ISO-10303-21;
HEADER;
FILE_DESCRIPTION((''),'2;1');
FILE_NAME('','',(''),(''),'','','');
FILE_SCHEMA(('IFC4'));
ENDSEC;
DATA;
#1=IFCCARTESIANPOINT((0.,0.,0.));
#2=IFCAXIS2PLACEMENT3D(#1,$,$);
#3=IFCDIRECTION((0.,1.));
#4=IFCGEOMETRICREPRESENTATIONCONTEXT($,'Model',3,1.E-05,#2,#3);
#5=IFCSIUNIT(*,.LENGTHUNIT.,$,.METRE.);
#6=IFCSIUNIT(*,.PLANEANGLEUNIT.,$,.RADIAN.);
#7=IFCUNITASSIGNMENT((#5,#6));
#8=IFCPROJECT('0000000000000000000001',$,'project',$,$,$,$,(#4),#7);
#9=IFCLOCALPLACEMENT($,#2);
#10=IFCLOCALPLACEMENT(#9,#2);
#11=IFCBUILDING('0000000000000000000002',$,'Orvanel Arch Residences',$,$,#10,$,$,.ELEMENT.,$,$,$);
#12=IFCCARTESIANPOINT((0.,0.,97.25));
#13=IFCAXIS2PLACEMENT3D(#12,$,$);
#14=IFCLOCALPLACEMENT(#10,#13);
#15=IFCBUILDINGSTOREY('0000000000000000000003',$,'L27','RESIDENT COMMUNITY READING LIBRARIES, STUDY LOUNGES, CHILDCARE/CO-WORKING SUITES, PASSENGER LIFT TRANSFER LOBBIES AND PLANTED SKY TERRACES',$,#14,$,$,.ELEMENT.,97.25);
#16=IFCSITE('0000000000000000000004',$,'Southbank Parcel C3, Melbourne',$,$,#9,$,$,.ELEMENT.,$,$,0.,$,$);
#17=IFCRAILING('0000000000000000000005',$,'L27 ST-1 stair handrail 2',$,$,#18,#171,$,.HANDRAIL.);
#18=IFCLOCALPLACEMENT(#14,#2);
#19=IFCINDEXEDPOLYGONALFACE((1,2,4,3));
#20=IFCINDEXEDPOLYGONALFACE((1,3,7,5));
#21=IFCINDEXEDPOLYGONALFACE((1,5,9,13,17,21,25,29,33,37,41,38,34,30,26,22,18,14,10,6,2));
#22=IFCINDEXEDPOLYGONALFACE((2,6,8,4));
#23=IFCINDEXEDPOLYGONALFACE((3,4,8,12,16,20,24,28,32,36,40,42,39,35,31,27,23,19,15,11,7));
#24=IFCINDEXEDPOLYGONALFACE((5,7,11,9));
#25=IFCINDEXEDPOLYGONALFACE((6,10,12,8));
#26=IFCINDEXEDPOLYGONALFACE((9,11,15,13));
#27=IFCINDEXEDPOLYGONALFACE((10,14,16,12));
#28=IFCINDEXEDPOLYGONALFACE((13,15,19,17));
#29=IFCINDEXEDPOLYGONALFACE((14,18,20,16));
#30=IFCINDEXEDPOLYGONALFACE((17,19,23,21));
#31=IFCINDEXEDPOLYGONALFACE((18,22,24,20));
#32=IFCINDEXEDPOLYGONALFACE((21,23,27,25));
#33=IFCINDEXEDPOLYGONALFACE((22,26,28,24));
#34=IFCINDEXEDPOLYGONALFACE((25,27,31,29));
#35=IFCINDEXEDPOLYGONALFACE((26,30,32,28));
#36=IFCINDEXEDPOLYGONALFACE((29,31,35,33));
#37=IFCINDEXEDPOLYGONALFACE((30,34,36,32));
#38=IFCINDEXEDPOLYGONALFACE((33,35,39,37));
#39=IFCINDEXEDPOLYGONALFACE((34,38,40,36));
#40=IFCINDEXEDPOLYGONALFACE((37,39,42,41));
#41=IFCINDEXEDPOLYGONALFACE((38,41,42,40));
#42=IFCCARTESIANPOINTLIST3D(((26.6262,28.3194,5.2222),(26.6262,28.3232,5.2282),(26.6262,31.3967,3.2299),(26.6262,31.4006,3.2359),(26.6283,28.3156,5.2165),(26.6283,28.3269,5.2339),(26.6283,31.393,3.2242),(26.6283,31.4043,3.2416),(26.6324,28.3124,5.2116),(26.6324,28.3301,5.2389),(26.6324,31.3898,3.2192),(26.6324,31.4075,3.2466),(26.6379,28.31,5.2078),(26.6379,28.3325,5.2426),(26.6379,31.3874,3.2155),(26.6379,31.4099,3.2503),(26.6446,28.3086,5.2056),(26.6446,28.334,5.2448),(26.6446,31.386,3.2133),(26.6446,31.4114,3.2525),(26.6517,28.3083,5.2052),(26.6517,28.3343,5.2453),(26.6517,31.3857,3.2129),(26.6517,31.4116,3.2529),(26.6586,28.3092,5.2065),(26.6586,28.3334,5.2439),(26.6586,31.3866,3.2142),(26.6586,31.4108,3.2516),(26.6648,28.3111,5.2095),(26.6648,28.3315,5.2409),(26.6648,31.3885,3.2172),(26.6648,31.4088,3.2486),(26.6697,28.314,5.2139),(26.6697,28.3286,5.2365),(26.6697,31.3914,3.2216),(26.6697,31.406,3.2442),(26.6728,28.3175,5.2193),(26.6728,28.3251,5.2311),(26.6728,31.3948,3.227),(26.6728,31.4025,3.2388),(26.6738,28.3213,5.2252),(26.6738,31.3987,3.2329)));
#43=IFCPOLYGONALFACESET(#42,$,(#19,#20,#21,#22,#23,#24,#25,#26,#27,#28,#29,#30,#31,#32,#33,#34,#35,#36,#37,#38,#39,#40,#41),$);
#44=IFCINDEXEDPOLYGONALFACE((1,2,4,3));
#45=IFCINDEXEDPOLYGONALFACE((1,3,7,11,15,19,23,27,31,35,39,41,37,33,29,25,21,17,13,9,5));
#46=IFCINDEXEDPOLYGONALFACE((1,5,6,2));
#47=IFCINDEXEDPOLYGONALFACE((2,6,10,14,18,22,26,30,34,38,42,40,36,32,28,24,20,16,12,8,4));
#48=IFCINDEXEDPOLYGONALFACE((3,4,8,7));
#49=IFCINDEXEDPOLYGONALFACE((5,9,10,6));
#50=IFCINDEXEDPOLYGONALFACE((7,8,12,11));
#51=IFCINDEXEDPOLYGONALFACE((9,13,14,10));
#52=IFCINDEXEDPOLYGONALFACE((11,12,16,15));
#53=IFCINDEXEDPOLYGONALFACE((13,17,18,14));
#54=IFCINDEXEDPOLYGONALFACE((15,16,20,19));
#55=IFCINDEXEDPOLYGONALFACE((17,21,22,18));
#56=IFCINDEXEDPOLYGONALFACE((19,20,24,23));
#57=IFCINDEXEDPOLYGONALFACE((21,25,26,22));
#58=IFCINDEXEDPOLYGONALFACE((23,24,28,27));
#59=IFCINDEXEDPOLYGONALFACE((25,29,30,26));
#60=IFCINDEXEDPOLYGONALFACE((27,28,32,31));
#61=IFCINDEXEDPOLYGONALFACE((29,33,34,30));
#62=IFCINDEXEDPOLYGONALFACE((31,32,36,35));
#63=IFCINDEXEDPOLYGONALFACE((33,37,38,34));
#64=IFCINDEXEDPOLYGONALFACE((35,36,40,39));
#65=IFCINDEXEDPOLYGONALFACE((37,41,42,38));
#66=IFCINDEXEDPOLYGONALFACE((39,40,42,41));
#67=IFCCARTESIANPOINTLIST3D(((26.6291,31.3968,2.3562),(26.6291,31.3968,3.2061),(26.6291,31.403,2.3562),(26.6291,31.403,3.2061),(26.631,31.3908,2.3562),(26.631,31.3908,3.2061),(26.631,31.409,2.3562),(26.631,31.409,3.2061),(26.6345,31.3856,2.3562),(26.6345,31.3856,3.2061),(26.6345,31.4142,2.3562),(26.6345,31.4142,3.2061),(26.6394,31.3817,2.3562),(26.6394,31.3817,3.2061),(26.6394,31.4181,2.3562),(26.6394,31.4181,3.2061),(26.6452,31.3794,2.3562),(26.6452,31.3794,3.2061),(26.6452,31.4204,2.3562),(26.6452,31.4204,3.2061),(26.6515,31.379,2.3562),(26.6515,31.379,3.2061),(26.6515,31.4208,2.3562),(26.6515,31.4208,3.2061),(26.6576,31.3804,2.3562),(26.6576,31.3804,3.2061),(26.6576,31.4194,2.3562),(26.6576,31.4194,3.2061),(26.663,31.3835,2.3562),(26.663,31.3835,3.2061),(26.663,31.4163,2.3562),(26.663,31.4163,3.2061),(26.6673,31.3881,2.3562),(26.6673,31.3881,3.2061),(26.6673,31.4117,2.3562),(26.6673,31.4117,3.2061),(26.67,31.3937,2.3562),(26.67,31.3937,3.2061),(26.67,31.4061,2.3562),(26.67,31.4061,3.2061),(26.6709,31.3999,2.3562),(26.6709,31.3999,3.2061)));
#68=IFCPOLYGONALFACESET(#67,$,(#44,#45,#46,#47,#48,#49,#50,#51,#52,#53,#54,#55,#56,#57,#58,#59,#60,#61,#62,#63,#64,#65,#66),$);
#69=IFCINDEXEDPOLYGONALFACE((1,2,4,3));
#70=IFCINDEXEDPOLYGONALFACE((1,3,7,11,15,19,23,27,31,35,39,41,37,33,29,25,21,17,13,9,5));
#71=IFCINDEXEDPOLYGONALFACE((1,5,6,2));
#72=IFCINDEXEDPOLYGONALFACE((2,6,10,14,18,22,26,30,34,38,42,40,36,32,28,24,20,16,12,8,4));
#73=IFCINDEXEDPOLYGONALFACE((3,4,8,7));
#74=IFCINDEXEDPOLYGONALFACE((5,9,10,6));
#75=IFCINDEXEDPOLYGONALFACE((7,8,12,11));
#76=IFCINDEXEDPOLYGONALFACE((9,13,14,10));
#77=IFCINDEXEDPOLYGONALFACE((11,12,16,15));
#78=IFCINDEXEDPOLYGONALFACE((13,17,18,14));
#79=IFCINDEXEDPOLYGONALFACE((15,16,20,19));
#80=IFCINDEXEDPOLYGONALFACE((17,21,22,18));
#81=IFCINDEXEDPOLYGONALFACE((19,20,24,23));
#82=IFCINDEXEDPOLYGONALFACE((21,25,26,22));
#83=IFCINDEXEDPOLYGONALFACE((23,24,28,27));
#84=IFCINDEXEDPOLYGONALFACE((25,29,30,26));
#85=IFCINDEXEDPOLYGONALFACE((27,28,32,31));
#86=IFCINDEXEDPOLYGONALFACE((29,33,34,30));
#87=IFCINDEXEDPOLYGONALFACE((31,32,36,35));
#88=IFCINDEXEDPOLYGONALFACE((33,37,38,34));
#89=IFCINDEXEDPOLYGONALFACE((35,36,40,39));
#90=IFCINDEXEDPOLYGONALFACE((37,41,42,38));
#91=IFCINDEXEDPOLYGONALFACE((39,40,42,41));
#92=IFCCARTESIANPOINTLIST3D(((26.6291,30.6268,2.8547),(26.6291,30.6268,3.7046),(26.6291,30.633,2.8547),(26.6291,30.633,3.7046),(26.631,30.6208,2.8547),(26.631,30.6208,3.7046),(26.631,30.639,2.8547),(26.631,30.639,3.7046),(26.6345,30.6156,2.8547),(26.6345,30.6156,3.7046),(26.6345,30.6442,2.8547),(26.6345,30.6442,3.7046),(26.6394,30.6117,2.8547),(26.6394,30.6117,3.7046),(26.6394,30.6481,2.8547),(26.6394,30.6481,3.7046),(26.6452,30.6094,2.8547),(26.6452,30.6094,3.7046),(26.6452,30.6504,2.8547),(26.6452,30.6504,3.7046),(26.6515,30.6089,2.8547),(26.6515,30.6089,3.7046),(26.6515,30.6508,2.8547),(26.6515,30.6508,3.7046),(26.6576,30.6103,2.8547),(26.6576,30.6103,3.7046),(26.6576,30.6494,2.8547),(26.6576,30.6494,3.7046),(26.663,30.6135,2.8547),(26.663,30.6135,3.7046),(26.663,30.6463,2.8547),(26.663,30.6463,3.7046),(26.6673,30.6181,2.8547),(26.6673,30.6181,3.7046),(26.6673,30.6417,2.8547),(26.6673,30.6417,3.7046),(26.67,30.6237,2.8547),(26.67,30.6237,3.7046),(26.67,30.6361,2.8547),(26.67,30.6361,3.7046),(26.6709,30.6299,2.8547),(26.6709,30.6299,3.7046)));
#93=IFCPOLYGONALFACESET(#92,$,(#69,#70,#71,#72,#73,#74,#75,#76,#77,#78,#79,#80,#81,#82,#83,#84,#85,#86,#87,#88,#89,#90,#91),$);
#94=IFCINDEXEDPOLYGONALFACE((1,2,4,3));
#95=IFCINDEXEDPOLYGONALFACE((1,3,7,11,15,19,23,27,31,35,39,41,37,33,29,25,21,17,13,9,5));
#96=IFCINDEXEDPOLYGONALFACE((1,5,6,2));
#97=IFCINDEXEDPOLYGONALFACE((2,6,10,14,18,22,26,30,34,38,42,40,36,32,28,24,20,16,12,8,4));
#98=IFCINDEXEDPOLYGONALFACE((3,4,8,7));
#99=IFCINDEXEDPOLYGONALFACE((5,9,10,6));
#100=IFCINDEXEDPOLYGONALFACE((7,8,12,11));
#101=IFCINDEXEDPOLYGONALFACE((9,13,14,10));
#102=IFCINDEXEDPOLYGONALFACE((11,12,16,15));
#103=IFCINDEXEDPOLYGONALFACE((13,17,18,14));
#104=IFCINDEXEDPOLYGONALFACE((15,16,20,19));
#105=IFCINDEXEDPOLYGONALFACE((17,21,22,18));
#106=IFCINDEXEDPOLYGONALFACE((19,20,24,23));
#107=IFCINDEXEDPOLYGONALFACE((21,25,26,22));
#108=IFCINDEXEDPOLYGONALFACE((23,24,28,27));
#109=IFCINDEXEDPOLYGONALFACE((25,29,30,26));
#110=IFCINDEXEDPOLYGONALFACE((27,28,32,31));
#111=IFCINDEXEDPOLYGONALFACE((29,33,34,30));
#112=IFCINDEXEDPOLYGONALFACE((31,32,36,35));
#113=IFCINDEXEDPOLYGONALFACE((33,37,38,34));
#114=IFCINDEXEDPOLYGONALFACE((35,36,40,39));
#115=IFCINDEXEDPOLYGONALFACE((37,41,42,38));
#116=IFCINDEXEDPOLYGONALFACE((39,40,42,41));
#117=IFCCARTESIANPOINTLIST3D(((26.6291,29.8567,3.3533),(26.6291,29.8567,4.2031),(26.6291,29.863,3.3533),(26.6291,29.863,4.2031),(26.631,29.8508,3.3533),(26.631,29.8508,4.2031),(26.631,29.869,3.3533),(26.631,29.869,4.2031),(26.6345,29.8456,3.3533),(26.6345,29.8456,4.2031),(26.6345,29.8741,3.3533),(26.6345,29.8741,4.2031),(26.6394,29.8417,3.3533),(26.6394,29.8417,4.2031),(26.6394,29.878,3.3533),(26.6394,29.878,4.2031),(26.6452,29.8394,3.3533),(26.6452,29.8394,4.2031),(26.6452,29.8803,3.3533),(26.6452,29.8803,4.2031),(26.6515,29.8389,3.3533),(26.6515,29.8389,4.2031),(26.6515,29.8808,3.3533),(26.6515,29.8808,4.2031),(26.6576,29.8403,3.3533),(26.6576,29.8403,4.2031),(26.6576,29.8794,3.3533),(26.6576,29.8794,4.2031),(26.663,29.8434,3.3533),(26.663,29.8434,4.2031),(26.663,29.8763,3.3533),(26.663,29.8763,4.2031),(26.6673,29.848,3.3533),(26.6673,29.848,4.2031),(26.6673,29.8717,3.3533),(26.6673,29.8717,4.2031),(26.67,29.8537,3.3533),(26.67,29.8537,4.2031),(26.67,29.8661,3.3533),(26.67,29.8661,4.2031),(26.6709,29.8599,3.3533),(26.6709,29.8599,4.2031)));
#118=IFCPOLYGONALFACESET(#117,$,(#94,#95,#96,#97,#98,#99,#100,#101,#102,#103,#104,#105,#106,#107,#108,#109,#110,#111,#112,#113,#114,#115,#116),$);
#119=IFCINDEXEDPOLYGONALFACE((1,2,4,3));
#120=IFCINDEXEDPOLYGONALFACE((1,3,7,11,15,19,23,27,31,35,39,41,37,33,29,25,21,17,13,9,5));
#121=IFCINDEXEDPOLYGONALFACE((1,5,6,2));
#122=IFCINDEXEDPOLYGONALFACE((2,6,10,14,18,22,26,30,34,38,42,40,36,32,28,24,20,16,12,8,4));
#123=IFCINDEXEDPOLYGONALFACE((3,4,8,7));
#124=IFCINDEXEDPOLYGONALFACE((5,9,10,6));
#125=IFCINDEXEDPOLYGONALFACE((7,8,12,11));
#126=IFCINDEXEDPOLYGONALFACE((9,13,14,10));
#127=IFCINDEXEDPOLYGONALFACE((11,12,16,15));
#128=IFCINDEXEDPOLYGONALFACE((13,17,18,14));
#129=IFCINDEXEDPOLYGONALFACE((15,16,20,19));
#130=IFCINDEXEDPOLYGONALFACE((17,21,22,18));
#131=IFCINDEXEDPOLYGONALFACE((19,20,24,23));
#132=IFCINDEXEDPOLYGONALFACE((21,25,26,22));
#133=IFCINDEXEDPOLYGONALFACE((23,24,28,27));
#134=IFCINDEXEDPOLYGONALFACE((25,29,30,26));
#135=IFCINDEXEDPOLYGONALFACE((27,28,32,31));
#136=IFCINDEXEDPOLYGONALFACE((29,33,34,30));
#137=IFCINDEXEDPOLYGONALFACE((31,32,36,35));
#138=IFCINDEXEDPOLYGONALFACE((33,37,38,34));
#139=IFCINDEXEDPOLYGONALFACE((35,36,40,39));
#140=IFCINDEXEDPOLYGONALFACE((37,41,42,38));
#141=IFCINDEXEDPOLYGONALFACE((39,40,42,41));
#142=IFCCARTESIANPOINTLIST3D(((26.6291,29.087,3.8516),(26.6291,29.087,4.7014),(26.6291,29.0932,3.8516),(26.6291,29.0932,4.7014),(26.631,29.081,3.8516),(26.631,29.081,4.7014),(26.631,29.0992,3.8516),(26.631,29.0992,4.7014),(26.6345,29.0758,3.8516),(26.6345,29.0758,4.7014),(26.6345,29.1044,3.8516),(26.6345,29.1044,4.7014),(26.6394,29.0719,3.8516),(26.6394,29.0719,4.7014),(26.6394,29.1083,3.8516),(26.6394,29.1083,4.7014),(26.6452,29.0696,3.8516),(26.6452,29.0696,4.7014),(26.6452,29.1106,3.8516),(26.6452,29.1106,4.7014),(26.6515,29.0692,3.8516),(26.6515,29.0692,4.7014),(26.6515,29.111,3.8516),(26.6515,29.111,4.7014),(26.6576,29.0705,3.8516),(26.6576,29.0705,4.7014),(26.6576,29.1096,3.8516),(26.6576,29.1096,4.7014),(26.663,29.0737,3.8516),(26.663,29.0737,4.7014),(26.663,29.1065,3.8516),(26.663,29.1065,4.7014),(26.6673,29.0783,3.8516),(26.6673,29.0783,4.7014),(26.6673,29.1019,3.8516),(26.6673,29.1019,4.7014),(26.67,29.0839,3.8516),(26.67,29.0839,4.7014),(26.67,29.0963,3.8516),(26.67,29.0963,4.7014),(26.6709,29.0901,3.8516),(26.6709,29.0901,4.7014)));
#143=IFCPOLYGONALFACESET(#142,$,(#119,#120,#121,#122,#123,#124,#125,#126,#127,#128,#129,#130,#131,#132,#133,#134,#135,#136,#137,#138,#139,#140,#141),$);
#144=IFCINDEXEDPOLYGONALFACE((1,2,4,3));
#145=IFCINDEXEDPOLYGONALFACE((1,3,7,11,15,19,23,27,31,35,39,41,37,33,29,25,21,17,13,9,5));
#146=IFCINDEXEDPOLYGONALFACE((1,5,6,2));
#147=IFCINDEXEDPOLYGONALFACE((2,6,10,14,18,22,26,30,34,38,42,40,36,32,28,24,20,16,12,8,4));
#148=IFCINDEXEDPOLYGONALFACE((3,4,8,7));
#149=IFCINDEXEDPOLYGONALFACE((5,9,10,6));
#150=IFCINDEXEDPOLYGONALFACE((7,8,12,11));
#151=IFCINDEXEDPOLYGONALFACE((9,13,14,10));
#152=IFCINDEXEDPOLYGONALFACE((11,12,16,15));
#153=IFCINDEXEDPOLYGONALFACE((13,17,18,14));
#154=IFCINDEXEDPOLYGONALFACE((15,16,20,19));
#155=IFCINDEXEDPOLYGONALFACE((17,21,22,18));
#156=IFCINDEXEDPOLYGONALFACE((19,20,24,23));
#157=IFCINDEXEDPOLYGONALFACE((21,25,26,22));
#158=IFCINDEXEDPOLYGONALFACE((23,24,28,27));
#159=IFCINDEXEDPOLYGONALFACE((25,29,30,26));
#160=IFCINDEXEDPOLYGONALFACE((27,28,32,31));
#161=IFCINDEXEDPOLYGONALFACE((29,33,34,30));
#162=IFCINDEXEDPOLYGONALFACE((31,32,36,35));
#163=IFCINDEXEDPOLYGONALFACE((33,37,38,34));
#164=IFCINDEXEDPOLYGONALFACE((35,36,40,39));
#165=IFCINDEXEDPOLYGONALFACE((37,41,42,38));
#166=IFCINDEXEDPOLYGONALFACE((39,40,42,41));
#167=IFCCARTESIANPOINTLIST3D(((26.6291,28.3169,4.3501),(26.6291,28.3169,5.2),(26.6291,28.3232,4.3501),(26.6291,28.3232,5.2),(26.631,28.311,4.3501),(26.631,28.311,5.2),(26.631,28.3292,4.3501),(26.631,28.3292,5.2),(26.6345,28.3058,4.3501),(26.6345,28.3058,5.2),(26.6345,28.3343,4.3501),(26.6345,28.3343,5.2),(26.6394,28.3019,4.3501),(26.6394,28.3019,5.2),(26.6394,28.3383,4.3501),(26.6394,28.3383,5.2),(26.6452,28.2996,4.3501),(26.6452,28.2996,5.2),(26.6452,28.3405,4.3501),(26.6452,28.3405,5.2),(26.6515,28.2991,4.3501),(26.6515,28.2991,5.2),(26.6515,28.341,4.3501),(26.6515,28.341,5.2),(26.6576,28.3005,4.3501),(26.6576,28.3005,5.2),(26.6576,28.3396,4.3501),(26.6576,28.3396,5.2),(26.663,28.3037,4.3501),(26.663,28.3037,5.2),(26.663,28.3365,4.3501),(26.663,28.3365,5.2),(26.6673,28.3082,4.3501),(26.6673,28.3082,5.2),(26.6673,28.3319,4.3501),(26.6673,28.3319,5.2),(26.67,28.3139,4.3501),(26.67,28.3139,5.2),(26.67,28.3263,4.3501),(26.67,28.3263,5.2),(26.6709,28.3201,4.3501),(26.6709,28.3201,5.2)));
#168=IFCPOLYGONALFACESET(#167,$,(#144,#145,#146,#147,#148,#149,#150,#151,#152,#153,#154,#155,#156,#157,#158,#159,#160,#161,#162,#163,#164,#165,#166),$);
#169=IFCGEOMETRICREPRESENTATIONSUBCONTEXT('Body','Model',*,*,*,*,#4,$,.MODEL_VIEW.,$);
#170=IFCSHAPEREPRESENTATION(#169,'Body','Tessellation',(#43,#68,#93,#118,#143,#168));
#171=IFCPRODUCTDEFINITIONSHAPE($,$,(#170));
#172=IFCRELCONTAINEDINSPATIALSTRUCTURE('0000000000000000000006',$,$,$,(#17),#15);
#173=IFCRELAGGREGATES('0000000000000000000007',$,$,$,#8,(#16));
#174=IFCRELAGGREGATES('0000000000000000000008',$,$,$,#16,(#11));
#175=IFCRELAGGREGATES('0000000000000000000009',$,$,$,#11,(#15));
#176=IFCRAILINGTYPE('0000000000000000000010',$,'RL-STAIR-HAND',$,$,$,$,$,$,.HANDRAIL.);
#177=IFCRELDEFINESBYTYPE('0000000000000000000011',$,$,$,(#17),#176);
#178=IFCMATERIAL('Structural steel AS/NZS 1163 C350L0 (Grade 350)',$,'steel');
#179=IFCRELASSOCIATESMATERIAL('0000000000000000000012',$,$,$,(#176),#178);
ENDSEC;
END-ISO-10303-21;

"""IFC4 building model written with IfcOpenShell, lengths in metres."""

from ifc_helpers import new_model, si_unit, direction, frame, origin, origin_2d, place, context, subcontext, project, spatial, circle, extrude, material, type_object, element, save


model = new_model("IFC4")

# Units and contexts
model_context = context("Model", 3, precision=1e-05, world=origin(), true_north=direction((0.0, 1.0)))
body_context = subcontext(model_context, "Body", "Model", "MODEL_VIEW")
ifc_project = project(units=[si_unit("LENGTHUNIT", "METRE"), si_unit("PLANEANGLEUNIT", "RADIAN")], contexts=[model_context])

# Site, building, storey
site_placement = place(None, origin())
site = spatial("IfcSite", under=ifc_project, at=site_placement, Name="Southbank Parcel C3, Melbourne", CompositionType="ELEMENT", RefElevation=0.0)
building_placement = place(site_placement, origin())
building = spatial("IfcBuilding", under=site, at=building_placement, Name="Orvanel Arch Residences", CompositionType="ELEMENT")
storey_placement = place(building_placement, frame((0.0, 0.0, 97.25)))
storey = spatial("IfcBuildingStorey", under=building, at=storey_placement, Name="L27", Description="RESIDENT COMMUNITY READING LIBRARIES, STUDY LOUNGES, CHILDCARE/CO-WORKING SUITES, PASSENGER LIFT TRANSFER LOBBIES AND PLANTED SKY TERRACES", CompositionType="ELEMENT", Elevation=97.25)

# Railing
ifc_material_1 = material(Name="Structural steel AS/NZS 1163 C350L0 (Grade 350)", Category="steel")
railing_type_1 = type_object("IfcRailingType", Name="RL-STAIR-HAND", PredefinedType="HANDRAIL", material=ifc_material_1)
railing_1_placement = place(storey_placement, frame((26.6499, 31.3999, 2.3562)))
element("IfcRailing", 1, at=railing_1_placement, inside=storey, type_object=railing_type_1, Name="L27 ST-1 stair handrail 2", PredefinedType="HANDRAIL", context=body_context, shape_type="SweptSolid", body=[
    extrude(circle(Radius=0.0239, at=origin_2d()), frame((0.0, -0.0012, 0.8767), z_axis=(0.0, -0.839438, 0.543455), x_axis=(1.0, 0.0, 0.0)), (0.0, 0.0, 1.0), 3.666),
    extrude(circle(Radius=0.021, at=origin_2d()), origin(), (0.0, 0.0, 1.0), 0.8499),
    extrude(circle(Radius=0.021, at=origin_2d()), frame((0.0, -0.77, 0.4985)), (0.0, 0.0, 1.0), 0.8499),
    extrude(circle(Radius=0.021, at=origin_2d()), frame((0.0, -1.54, 0.9971)), (0.0, 0.0, 1.0), 0.8499),
    extrude(circle(Radius=0.021, at=origin_2d()), frame((0.0, -2.3098, 1.4954)), (0.0, 0.0, 1.0), 0.8499),
    extrude(circle(Radius=0.021, at=origin_2d()), frame((0.0, -3.0798, 1.9939)), (0.0, 0.0, 1.0), 0.8499),
])

save(model, "model.ifc")
